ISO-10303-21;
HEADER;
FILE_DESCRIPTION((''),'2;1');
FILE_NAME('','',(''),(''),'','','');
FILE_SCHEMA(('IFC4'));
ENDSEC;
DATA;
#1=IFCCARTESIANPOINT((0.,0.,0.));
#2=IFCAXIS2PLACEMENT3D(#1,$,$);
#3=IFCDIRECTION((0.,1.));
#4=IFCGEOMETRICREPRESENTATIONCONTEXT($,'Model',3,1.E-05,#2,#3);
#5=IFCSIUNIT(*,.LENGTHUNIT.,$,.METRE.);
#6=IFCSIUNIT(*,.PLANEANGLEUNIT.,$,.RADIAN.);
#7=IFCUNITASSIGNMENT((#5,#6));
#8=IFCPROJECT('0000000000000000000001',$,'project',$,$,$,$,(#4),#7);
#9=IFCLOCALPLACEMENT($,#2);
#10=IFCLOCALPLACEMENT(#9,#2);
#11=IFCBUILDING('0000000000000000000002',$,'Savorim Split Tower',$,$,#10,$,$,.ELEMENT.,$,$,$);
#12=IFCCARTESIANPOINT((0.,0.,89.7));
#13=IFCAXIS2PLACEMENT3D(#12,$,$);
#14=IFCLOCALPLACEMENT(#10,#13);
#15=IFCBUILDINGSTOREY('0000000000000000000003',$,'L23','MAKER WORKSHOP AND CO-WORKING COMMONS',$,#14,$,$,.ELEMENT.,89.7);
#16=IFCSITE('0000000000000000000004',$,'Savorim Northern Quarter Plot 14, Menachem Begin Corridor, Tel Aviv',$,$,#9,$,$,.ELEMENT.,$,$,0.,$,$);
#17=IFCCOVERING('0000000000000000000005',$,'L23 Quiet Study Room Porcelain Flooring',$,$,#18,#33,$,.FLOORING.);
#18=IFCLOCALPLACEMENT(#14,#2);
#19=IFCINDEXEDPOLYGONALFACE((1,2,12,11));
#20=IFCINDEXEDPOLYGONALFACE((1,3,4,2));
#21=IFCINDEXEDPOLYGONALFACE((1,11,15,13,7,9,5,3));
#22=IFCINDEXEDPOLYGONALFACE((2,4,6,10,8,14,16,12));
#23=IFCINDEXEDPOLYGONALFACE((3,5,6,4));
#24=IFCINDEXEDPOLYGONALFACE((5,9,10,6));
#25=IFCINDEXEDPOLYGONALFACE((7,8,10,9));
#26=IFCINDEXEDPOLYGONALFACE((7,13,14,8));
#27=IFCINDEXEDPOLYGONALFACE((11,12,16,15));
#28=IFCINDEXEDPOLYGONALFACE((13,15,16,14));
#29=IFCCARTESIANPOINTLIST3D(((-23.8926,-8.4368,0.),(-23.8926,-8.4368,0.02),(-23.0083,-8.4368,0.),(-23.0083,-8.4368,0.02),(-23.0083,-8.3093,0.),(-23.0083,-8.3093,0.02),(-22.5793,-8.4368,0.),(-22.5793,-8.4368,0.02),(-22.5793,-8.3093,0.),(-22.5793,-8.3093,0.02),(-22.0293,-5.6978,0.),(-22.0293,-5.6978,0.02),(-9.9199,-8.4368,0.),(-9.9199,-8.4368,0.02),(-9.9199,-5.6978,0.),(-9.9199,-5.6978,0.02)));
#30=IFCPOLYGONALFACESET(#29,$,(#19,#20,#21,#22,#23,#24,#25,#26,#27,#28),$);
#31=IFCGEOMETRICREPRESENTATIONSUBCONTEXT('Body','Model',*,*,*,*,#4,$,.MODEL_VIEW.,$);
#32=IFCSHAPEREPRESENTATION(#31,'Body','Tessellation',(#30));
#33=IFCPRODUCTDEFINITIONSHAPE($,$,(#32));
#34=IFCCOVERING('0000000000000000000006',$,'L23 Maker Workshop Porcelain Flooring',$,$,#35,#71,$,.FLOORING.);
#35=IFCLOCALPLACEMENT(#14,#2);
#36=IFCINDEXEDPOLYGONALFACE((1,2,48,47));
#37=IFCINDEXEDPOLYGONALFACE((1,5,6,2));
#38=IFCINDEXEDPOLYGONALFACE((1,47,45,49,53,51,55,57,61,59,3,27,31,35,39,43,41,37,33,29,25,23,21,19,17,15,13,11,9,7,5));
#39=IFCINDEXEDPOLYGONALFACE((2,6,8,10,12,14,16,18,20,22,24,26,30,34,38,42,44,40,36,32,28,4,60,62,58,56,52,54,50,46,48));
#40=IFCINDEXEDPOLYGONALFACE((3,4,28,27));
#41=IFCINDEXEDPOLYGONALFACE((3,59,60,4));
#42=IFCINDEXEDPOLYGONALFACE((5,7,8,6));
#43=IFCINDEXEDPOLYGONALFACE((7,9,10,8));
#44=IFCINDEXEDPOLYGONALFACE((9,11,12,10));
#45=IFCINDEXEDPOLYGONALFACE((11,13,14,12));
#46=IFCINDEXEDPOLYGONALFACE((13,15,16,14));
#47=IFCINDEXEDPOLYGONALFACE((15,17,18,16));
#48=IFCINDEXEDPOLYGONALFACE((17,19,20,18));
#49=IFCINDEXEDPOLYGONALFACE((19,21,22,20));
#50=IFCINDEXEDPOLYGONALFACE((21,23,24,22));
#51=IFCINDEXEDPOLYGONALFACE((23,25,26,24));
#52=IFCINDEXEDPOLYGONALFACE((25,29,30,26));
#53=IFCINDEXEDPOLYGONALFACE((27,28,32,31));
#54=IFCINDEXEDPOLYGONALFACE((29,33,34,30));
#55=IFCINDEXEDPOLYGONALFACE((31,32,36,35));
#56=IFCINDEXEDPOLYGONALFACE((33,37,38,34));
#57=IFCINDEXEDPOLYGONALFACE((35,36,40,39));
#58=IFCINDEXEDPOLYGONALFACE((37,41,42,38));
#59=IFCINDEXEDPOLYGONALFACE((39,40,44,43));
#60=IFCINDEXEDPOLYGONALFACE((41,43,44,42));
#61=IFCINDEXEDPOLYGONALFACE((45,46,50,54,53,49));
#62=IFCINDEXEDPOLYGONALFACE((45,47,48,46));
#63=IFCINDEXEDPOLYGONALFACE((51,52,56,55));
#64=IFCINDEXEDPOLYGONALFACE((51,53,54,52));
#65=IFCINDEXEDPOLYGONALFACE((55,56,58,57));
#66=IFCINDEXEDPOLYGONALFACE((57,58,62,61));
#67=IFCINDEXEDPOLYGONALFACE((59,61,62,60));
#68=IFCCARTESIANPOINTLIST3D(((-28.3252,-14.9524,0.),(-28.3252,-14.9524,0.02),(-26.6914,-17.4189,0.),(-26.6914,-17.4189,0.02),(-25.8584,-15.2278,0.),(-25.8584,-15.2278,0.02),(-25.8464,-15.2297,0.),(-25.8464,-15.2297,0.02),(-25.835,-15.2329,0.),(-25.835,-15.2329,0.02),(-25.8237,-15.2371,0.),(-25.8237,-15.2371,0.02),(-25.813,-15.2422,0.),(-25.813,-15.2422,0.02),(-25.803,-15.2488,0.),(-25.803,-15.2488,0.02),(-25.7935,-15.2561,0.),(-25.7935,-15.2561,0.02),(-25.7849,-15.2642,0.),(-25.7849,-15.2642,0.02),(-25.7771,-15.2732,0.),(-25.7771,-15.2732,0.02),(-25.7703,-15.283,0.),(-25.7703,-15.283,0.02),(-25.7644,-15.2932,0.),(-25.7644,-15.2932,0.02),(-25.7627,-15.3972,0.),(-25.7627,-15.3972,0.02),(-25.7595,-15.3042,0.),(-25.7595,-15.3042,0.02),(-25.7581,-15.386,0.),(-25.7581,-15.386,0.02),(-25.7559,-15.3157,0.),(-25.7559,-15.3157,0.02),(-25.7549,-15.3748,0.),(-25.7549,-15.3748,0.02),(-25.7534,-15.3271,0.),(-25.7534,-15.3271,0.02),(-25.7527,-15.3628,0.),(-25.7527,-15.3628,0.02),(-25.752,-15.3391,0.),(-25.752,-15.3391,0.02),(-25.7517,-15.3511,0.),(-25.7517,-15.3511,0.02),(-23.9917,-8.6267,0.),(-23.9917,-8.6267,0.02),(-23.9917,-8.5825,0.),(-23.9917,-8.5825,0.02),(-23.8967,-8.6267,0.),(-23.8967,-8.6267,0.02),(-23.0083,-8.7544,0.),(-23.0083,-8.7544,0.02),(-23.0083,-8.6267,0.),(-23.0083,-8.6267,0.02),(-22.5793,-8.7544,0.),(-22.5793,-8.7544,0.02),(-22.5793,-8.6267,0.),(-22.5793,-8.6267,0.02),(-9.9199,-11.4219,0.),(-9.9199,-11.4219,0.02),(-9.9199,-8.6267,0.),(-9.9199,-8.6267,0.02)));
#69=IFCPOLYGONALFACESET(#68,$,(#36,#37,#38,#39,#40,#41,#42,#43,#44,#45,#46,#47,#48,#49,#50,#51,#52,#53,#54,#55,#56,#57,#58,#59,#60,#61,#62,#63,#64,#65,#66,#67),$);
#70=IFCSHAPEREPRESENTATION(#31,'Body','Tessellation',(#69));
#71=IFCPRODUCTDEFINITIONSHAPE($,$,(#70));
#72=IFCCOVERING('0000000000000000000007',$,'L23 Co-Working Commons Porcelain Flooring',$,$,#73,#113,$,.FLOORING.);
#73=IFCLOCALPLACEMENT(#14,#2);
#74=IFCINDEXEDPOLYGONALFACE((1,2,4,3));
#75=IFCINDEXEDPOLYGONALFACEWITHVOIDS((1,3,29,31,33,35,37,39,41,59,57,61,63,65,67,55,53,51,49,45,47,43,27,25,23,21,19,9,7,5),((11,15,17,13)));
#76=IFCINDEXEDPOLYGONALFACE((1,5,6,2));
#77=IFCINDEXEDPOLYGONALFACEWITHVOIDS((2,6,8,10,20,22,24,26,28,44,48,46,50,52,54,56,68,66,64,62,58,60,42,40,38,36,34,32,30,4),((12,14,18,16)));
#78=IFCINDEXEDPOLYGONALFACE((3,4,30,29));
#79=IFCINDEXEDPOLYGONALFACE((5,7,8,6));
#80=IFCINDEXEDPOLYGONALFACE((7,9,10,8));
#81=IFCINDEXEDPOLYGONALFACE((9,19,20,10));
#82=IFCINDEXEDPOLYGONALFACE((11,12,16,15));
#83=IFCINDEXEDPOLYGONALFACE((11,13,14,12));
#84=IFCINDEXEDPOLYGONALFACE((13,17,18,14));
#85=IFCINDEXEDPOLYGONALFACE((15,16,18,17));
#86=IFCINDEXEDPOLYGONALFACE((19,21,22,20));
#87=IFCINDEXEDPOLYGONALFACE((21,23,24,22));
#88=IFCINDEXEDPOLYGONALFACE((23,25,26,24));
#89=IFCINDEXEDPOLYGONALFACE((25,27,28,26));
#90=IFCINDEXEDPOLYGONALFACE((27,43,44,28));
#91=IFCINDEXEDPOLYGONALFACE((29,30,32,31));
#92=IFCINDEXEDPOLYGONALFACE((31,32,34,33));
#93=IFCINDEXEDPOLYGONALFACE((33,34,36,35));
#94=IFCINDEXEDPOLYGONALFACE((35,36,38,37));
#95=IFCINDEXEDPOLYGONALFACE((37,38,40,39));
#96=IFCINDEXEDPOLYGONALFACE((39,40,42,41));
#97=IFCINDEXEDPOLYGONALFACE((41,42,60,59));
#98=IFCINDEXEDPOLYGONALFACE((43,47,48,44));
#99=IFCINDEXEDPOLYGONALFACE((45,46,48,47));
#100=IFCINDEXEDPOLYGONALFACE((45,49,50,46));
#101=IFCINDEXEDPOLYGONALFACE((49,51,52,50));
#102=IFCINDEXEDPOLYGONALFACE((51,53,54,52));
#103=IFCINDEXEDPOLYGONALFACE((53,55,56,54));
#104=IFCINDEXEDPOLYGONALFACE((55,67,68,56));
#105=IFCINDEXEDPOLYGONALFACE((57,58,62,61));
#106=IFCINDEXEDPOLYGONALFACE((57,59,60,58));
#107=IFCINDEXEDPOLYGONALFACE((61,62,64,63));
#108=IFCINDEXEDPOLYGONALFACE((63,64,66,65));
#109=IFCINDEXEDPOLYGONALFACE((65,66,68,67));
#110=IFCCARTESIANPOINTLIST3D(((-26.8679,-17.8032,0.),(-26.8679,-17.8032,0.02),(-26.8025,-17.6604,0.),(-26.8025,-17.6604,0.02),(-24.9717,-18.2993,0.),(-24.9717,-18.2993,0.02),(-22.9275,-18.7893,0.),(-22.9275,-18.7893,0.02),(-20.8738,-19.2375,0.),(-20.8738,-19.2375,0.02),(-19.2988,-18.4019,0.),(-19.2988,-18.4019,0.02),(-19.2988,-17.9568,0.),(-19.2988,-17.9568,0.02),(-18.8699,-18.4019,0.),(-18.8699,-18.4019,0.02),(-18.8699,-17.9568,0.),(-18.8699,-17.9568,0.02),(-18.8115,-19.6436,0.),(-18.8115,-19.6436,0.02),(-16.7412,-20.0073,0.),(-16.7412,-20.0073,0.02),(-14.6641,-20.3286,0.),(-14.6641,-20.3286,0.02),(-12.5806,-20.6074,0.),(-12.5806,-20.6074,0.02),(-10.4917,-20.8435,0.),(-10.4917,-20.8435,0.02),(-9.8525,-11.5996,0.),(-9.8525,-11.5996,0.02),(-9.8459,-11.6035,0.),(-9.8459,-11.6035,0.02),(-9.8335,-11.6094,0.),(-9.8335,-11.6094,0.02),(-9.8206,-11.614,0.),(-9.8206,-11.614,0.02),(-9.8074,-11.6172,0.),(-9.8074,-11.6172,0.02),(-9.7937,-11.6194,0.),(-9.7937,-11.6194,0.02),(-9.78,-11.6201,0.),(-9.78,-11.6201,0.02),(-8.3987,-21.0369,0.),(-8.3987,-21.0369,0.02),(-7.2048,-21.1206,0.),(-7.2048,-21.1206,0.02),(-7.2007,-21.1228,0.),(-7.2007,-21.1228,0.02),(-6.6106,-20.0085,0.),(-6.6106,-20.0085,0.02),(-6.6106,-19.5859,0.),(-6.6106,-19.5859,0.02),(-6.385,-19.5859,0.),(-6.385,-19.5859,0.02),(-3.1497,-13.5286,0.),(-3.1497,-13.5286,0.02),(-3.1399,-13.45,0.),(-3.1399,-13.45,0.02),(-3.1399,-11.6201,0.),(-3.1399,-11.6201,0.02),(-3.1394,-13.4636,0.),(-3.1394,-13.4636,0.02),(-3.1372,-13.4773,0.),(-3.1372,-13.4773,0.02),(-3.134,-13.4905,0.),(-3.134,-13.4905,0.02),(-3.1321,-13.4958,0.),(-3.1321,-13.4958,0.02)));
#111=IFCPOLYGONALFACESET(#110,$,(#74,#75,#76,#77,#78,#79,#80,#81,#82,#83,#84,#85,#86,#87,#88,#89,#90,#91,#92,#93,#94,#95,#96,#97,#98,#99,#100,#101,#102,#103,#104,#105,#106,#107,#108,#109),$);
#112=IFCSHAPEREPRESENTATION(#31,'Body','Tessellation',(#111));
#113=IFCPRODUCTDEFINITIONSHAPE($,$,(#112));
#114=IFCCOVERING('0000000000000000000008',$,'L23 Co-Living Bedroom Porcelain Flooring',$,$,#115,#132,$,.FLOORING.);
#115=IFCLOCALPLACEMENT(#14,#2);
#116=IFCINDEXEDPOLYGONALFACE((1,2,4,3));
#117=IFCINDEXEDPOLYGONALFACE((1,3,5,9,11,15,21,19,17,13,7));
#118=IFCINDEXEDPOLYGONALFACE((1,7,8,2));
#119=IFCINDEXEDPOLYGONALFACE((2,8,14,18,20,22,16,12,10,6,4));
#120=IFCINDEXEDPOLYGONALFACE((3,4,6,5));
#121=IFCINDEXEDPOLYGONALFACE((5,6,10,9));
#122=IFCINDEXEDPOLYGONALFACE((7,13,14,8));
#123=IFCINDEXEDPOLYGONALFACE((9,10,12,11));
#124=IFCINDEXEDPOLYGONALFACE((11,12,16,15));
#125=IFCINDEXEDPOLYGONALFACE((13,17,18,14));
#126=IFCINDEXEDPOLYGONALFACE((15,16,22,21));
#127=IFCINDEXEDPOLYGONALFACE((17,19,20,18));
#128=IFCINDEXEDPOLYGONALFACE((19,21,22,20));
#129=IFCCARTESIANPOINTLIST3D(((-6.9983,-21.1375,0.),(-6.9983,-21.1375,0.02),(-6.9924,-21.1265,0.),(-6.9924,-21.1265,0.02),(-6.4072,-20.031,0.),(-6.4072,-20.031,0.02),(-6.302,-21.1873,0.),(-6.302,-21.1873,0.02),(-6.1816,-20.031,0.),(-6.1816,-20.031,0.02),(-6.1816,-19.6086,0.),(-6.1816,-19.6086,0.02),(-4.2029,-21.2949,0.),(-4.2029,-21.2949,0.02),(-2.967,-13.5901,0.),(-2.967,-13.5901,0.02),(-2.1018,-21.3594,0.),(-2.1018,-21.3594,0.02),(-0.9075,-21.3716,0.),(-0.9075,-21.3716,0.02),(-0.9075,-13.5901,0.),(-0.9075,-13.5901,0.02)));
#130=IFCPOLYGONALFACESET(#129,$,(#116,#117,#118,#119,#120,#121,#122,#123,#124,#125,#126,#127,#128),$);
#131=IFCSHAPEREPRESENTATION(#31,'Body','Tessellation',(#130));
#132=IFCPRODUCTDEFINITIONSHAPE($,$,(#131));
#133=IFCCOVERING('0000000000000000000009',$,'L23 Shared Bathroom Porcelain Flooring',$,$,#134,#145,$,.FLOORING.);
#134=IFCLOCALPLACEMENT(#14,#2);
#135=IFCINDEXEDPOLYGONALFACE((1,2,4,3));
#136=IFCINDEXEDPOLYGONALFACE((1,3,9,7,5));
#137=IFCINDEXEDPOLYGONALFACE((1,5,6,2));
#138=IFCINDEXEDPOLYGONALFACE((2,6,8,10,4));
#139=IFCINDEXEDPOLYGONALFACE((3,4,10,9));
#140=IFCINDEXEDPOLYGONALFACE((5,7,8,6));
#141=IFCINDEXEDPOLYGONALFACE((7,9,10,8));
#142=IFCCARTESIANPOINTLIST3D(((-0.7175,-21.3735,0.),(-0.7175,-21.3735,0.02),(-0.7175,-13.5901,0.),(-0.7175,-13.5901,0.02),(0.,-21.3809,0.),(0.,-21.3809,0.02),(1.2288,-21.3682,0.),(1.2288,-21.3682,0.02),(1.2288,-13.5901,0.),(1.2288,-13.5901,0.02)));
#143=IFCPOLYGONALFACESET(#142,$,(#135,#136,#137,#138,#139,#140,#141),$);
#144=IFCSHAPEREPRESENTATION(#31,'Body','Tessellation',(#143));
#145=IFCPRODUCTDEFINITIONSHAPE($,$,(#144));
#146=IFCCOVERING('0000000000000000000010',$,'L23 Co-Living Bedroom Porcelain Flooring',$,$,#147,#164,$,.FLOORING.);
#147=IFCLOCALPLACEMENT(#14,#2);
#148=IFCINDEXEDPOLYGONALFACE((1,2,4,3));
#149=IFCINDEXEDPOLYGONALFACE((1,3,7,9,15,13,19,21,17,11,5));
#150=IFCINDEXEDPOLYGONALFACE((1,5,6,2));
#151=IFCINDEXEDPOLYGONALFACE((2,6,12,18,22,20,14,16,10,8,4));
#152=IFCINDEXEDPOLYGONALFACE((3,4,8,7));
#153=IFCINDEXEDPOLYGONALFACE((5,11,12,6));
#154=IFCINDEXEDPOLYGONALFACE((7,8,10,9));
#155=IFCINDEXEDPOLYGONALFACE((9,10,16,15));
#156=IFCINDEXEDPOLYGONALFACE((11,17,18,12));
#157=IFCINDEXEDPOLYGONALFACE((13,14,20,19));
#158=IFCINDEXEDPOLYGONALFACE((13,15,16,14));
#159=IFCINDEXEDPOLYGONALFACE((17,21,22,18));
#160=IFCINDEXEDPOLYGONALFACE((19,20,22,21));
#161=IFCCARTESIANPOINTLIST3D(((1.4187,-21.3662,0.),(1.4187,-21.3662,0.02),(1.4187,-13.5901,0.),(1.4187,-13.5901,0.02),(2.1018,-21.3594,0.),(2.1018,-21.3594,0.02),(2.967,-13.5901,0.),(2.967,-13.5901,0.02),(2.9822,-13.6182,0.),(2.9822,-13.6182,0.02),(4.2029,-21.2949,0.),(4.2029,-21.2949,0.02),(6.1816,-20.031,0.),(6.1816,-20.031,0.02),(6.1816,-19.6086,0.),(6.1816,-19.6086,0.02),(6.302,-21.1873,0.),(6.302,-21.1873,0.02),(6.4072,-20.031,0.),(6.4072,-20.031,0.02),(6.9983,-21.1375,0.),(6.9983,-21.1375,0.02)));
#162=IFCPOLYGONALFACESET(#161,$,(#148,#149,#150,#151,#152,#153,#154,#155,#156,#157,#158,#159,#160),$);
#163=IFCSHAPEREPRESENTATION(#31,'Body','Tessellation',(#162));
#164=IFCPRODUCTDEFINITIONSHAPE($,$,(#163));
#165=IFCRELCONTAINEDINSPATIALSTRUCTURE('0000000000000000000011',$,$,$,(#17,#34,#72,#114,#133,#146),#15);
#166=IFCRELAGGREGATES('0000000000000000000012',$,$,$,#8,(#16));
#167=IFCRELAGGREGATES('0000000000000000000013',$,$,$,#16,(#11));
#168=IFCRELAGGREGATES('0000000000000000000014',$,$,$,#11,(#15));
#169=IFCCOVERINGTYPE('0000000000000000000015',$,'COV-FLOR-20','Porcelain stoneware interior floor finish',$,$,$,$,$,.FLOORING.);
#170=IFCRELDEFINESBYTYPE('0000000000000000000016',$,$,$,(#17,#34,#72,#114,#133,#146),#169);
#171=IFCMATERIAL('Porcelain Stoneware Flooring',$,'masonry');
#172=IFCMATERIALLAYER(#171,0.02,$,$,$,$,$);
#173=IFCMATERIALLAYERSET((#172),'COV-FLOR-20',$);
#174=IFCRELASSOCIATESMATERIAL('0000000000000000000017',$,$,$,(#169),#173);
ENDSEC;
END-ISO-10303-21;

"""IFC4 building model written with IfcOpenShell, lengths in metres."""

from ifc_helpers import new_model, si_unit, direction, frame, origin, place, context, subcontext, project, spatial, polyline, outline, extrude, material, layer, layer_set, type_object, element, save


model = new_model("IFC4")

# Units and contexts
model_context = context("Model", 3, precision=1e-05, world=origin(), true_north=direction((0.0, 1.0)))
body_context = subcontext(model_context, "Body", "Model", "MODEL_VIEW")
ifc_project = project(units=[si_unit("LENGTHUNIT", "METRE"), si_unit("PLANEANGLEUNIT", "RADIAN")], contexts=[model_context])

# Site, building, storey
site_placement = place(None, origin())
site = spatial("IfcSite", under=ifc_project, at=site_placement, Name="Savorim Northern Quarter Plot 14, Menachem Begin Corridor, Tel Aviv", CompositionType="ELEMENT", RefElevation=0.0)
building_placement = place(site_placement, origin())
building = spatial("IfcBuilding", under=site, at=building_placement, Name="Savorim Split Tower", CompositionType="ELEMENT")
storey_placement = place(building_placement, frame((0.0, 0.0, 89.7)))
storey = spatial("IfcBuildingStorey", under=building, at=storey_placement, Name="L23", Description="MAKER WORKSHOP AND CO-WORKING COMMONS", CompositionType="ELEMENT", Elevation=89.7)

# Coverings
ifc_material_1 = material(Name="Porcelain Stoneware Flooring", Category="masonry")
ifc_layer_1 = layer(ifc_material_1, 0.02)
ifc_layer_set_1 = layer_set([ifc_layer_1], Name="COV-FLOR-20")
covering_type_1 = type_object("IfcCoveringType", Name="COV-FLOR-20", Description="Porcelain stoneware interior floor finish", PredefinedType="FLOORING", material=ifc_layer_set_1)
covering_1_placement = place(storey_placement, origin())
element("IfcCovering", 1, at=covering_1_placement, inside=storey, type_object=covering_type_1, Name="L23 Quiet Study Room Porcelain Flooring", PredefinedType="FLOORING", context=body_context, shape_type="SweptSolid", body=[
    extrude(outline(polyline([(-22.5793, -8.3093), (-22.5793, -8.4368), (-9.9199, -8.4368), (-9.9199, -5.6978), (-22.0293, -5.6978), (-23.8926, -8.4368), (-23.0083, -8.4368), (-23.0083, -8.3093), (-22.5793, -8.3093)])), origin(), (0.0, 0.0, 1.0), 0.02),
])
covering_2_placement = place(storey_placement, origin())
element("IfcCovering", 2, at=covering_2_placement, inside=storey, type_object=covering_type_1, Name="L23 Maker Workshop Porcelain Flooring", PredefinedType="FLOORING", context=body_context, shape_type="SweptSolid", body=[
    extrude(outline(polyline([(-25.7517, -15.3511), (-25.7527, -15.3628), (-25.7549, -15.3748), (-25.7581, -15.386), (-25.7627, -15.3972), (-26.6914, -17.4189), (-9.9199, -11.4219), (-9.9199, -8.6267), (-22.5793, -8.6267), (-22.5793, -8.7544), (-23.0083, -8.7544), (-23.0083, -8.6267), (-23.8967, -8.6267), (-23.9917, -8.6267), (-23.9917, -8.5825), (-28.3252, -14.9524), (-25.8584, -15.2278), (-25.8464, -15.2297), (-25.835, -15.2329), (-25.8237, -15.2371), (-25.813, -15.2422), (-25.803, -15.2488), (-25.7935, -15.2561), (-25.7849, -15.2642), (-25.7771, -15.2732), (-25.7703, -15.283), (-25.7644, -15.2932), (-25.7595, -15.3042), (-25.7559, -15.3157), (-25.7534, -15.3271), (-25.752, -15.3391), (-25.7517, -15.3511)])), origin(), (0.0, 0.0, 1.0), 0.02),
])
covering_3_placement = place(storey_placement, origin())
element("IfcCovering", 3, at=covering_3_placement, inside=storey, type_object=covering_type_1, Name="L23 Co-Working Commons Porcelain Flooring", PredefinedType="FLOORING", context=body_context, shape_type="SweptSolid", body=[
    extrude(outline(polyline([(-9.8206, -11.614), (-9.8335, -11.6094), (-9.8459, -11.6035), (-9.8525, -11.5996), (-26.8025, -17.6604), (-26.8679, -17.8032), (-24.9717, -18.2993), (-22.9275, -18.7893), (-20.8738, -19.2375), (-18.8115, -19.6436), (-16.7412, -20.0073), (-14.6641, -20.3286), (-12.5806, -20.6074), (-10.4917, -20.8435), (-8.3987, -21.0369), (-7.2007, -21.1228), (-7.2048, -21.1206), (-6.6106, -20.0085), (-6.6106, -19.5859), (-6.385, -19.5859), (-3.1497, -13.5286), (-3.1321, -13.4958), (-3.134, -13.4905), (-3.1372, -13.4773), (-3.1394, -13.4636), (-3.1399, -13.45), (-3.1399, -11.6201), (-9.78, -11.6201), (-9.7937, -11.6194), (-9.8074, -11.6172), (-9.8206, -11.614)]), holes=[polyline([(-19.2988, -18.4019), (-18.8699, -18.4019), (-18.8699, -17.9568), (-19.2988, -17.9568), (-19.2988, -18.4019)])]), origin(), (0.0, 0.0, 1.0), 0.02),
])
covering_4_placement = place(storey_placement, origin())
element("IfcCovering", 4, at=covering_4_placement, inside=storey, type_object=covering_type_1, Name="L23 Co-Living Bedroom Porcelain Flooring", PredefinedType="FLOORING", context=body_context, shape_type="SweptSolid", body=[
    extrude(outline(polyline([(-6.302, -21.1873), (-4.2029, -21.2949), (-2.1018, -21.3594), (-0.9075, -21.3716), (-0.9075, -13.5901), (-2.967, -13.5901), (-6.1816, -19.6086), (-6.1816, -20.031), (-6.4072, -20.031), (-6.9924, -21.1265), (-6.9983, -21.1375), (-6.302, -21.1873)])), origin(), (0.0, 0.0, 1.0), 0.02),
])
covering_5_placement = place(storey_placement, origin())
element("IfcCovering", 5, at=covering_5_placement, inside=storey, type_object=covering_type_1, Name="L23 Shared Bathroom Porcelain Flooring", PredefinedType="FLOORING", context=body_context, shape_type="SweptSolid", body=[
    extrude(outline(polyline([(-0.7175, -13.5901), (-0.7175, -21.3735), (0.0, -21.3809), (1.2288, -21.3682), (1.2288, -13.5901), (-0.7175, -13.5901)])), origin(), (0.0, 0.0, 1.0), 0.02),
])
covering_6_placement = place(storey_placement, origin())
element("IfcCovering", 6, at=covering_6_placement, inside=storey, type_object=covering_type_1, Name="L23 Co-Living Bedroom Porcelain Flooring", PredefinedType="FLOORING", context=body_context, shape_type="SweptSolid", body=[
    extrude(outline(polyline([(1.4187, -21.3662), (2.1018, -21.3594), (4.2029, -21.2949), (6.302, -21.1873), (6.9983, -21.1375), (6.4072, -20.031), (6.1816, -20.031), (6.1816, -19.6086), (2.9822, -13.6182), (2.967, -13.5901), (1.4187, -13.5901), (1.4187, -21.3662)])), origin(), (0.0, 0.0, 1.0), 0.02),
])

save(model, "model.ifc")
